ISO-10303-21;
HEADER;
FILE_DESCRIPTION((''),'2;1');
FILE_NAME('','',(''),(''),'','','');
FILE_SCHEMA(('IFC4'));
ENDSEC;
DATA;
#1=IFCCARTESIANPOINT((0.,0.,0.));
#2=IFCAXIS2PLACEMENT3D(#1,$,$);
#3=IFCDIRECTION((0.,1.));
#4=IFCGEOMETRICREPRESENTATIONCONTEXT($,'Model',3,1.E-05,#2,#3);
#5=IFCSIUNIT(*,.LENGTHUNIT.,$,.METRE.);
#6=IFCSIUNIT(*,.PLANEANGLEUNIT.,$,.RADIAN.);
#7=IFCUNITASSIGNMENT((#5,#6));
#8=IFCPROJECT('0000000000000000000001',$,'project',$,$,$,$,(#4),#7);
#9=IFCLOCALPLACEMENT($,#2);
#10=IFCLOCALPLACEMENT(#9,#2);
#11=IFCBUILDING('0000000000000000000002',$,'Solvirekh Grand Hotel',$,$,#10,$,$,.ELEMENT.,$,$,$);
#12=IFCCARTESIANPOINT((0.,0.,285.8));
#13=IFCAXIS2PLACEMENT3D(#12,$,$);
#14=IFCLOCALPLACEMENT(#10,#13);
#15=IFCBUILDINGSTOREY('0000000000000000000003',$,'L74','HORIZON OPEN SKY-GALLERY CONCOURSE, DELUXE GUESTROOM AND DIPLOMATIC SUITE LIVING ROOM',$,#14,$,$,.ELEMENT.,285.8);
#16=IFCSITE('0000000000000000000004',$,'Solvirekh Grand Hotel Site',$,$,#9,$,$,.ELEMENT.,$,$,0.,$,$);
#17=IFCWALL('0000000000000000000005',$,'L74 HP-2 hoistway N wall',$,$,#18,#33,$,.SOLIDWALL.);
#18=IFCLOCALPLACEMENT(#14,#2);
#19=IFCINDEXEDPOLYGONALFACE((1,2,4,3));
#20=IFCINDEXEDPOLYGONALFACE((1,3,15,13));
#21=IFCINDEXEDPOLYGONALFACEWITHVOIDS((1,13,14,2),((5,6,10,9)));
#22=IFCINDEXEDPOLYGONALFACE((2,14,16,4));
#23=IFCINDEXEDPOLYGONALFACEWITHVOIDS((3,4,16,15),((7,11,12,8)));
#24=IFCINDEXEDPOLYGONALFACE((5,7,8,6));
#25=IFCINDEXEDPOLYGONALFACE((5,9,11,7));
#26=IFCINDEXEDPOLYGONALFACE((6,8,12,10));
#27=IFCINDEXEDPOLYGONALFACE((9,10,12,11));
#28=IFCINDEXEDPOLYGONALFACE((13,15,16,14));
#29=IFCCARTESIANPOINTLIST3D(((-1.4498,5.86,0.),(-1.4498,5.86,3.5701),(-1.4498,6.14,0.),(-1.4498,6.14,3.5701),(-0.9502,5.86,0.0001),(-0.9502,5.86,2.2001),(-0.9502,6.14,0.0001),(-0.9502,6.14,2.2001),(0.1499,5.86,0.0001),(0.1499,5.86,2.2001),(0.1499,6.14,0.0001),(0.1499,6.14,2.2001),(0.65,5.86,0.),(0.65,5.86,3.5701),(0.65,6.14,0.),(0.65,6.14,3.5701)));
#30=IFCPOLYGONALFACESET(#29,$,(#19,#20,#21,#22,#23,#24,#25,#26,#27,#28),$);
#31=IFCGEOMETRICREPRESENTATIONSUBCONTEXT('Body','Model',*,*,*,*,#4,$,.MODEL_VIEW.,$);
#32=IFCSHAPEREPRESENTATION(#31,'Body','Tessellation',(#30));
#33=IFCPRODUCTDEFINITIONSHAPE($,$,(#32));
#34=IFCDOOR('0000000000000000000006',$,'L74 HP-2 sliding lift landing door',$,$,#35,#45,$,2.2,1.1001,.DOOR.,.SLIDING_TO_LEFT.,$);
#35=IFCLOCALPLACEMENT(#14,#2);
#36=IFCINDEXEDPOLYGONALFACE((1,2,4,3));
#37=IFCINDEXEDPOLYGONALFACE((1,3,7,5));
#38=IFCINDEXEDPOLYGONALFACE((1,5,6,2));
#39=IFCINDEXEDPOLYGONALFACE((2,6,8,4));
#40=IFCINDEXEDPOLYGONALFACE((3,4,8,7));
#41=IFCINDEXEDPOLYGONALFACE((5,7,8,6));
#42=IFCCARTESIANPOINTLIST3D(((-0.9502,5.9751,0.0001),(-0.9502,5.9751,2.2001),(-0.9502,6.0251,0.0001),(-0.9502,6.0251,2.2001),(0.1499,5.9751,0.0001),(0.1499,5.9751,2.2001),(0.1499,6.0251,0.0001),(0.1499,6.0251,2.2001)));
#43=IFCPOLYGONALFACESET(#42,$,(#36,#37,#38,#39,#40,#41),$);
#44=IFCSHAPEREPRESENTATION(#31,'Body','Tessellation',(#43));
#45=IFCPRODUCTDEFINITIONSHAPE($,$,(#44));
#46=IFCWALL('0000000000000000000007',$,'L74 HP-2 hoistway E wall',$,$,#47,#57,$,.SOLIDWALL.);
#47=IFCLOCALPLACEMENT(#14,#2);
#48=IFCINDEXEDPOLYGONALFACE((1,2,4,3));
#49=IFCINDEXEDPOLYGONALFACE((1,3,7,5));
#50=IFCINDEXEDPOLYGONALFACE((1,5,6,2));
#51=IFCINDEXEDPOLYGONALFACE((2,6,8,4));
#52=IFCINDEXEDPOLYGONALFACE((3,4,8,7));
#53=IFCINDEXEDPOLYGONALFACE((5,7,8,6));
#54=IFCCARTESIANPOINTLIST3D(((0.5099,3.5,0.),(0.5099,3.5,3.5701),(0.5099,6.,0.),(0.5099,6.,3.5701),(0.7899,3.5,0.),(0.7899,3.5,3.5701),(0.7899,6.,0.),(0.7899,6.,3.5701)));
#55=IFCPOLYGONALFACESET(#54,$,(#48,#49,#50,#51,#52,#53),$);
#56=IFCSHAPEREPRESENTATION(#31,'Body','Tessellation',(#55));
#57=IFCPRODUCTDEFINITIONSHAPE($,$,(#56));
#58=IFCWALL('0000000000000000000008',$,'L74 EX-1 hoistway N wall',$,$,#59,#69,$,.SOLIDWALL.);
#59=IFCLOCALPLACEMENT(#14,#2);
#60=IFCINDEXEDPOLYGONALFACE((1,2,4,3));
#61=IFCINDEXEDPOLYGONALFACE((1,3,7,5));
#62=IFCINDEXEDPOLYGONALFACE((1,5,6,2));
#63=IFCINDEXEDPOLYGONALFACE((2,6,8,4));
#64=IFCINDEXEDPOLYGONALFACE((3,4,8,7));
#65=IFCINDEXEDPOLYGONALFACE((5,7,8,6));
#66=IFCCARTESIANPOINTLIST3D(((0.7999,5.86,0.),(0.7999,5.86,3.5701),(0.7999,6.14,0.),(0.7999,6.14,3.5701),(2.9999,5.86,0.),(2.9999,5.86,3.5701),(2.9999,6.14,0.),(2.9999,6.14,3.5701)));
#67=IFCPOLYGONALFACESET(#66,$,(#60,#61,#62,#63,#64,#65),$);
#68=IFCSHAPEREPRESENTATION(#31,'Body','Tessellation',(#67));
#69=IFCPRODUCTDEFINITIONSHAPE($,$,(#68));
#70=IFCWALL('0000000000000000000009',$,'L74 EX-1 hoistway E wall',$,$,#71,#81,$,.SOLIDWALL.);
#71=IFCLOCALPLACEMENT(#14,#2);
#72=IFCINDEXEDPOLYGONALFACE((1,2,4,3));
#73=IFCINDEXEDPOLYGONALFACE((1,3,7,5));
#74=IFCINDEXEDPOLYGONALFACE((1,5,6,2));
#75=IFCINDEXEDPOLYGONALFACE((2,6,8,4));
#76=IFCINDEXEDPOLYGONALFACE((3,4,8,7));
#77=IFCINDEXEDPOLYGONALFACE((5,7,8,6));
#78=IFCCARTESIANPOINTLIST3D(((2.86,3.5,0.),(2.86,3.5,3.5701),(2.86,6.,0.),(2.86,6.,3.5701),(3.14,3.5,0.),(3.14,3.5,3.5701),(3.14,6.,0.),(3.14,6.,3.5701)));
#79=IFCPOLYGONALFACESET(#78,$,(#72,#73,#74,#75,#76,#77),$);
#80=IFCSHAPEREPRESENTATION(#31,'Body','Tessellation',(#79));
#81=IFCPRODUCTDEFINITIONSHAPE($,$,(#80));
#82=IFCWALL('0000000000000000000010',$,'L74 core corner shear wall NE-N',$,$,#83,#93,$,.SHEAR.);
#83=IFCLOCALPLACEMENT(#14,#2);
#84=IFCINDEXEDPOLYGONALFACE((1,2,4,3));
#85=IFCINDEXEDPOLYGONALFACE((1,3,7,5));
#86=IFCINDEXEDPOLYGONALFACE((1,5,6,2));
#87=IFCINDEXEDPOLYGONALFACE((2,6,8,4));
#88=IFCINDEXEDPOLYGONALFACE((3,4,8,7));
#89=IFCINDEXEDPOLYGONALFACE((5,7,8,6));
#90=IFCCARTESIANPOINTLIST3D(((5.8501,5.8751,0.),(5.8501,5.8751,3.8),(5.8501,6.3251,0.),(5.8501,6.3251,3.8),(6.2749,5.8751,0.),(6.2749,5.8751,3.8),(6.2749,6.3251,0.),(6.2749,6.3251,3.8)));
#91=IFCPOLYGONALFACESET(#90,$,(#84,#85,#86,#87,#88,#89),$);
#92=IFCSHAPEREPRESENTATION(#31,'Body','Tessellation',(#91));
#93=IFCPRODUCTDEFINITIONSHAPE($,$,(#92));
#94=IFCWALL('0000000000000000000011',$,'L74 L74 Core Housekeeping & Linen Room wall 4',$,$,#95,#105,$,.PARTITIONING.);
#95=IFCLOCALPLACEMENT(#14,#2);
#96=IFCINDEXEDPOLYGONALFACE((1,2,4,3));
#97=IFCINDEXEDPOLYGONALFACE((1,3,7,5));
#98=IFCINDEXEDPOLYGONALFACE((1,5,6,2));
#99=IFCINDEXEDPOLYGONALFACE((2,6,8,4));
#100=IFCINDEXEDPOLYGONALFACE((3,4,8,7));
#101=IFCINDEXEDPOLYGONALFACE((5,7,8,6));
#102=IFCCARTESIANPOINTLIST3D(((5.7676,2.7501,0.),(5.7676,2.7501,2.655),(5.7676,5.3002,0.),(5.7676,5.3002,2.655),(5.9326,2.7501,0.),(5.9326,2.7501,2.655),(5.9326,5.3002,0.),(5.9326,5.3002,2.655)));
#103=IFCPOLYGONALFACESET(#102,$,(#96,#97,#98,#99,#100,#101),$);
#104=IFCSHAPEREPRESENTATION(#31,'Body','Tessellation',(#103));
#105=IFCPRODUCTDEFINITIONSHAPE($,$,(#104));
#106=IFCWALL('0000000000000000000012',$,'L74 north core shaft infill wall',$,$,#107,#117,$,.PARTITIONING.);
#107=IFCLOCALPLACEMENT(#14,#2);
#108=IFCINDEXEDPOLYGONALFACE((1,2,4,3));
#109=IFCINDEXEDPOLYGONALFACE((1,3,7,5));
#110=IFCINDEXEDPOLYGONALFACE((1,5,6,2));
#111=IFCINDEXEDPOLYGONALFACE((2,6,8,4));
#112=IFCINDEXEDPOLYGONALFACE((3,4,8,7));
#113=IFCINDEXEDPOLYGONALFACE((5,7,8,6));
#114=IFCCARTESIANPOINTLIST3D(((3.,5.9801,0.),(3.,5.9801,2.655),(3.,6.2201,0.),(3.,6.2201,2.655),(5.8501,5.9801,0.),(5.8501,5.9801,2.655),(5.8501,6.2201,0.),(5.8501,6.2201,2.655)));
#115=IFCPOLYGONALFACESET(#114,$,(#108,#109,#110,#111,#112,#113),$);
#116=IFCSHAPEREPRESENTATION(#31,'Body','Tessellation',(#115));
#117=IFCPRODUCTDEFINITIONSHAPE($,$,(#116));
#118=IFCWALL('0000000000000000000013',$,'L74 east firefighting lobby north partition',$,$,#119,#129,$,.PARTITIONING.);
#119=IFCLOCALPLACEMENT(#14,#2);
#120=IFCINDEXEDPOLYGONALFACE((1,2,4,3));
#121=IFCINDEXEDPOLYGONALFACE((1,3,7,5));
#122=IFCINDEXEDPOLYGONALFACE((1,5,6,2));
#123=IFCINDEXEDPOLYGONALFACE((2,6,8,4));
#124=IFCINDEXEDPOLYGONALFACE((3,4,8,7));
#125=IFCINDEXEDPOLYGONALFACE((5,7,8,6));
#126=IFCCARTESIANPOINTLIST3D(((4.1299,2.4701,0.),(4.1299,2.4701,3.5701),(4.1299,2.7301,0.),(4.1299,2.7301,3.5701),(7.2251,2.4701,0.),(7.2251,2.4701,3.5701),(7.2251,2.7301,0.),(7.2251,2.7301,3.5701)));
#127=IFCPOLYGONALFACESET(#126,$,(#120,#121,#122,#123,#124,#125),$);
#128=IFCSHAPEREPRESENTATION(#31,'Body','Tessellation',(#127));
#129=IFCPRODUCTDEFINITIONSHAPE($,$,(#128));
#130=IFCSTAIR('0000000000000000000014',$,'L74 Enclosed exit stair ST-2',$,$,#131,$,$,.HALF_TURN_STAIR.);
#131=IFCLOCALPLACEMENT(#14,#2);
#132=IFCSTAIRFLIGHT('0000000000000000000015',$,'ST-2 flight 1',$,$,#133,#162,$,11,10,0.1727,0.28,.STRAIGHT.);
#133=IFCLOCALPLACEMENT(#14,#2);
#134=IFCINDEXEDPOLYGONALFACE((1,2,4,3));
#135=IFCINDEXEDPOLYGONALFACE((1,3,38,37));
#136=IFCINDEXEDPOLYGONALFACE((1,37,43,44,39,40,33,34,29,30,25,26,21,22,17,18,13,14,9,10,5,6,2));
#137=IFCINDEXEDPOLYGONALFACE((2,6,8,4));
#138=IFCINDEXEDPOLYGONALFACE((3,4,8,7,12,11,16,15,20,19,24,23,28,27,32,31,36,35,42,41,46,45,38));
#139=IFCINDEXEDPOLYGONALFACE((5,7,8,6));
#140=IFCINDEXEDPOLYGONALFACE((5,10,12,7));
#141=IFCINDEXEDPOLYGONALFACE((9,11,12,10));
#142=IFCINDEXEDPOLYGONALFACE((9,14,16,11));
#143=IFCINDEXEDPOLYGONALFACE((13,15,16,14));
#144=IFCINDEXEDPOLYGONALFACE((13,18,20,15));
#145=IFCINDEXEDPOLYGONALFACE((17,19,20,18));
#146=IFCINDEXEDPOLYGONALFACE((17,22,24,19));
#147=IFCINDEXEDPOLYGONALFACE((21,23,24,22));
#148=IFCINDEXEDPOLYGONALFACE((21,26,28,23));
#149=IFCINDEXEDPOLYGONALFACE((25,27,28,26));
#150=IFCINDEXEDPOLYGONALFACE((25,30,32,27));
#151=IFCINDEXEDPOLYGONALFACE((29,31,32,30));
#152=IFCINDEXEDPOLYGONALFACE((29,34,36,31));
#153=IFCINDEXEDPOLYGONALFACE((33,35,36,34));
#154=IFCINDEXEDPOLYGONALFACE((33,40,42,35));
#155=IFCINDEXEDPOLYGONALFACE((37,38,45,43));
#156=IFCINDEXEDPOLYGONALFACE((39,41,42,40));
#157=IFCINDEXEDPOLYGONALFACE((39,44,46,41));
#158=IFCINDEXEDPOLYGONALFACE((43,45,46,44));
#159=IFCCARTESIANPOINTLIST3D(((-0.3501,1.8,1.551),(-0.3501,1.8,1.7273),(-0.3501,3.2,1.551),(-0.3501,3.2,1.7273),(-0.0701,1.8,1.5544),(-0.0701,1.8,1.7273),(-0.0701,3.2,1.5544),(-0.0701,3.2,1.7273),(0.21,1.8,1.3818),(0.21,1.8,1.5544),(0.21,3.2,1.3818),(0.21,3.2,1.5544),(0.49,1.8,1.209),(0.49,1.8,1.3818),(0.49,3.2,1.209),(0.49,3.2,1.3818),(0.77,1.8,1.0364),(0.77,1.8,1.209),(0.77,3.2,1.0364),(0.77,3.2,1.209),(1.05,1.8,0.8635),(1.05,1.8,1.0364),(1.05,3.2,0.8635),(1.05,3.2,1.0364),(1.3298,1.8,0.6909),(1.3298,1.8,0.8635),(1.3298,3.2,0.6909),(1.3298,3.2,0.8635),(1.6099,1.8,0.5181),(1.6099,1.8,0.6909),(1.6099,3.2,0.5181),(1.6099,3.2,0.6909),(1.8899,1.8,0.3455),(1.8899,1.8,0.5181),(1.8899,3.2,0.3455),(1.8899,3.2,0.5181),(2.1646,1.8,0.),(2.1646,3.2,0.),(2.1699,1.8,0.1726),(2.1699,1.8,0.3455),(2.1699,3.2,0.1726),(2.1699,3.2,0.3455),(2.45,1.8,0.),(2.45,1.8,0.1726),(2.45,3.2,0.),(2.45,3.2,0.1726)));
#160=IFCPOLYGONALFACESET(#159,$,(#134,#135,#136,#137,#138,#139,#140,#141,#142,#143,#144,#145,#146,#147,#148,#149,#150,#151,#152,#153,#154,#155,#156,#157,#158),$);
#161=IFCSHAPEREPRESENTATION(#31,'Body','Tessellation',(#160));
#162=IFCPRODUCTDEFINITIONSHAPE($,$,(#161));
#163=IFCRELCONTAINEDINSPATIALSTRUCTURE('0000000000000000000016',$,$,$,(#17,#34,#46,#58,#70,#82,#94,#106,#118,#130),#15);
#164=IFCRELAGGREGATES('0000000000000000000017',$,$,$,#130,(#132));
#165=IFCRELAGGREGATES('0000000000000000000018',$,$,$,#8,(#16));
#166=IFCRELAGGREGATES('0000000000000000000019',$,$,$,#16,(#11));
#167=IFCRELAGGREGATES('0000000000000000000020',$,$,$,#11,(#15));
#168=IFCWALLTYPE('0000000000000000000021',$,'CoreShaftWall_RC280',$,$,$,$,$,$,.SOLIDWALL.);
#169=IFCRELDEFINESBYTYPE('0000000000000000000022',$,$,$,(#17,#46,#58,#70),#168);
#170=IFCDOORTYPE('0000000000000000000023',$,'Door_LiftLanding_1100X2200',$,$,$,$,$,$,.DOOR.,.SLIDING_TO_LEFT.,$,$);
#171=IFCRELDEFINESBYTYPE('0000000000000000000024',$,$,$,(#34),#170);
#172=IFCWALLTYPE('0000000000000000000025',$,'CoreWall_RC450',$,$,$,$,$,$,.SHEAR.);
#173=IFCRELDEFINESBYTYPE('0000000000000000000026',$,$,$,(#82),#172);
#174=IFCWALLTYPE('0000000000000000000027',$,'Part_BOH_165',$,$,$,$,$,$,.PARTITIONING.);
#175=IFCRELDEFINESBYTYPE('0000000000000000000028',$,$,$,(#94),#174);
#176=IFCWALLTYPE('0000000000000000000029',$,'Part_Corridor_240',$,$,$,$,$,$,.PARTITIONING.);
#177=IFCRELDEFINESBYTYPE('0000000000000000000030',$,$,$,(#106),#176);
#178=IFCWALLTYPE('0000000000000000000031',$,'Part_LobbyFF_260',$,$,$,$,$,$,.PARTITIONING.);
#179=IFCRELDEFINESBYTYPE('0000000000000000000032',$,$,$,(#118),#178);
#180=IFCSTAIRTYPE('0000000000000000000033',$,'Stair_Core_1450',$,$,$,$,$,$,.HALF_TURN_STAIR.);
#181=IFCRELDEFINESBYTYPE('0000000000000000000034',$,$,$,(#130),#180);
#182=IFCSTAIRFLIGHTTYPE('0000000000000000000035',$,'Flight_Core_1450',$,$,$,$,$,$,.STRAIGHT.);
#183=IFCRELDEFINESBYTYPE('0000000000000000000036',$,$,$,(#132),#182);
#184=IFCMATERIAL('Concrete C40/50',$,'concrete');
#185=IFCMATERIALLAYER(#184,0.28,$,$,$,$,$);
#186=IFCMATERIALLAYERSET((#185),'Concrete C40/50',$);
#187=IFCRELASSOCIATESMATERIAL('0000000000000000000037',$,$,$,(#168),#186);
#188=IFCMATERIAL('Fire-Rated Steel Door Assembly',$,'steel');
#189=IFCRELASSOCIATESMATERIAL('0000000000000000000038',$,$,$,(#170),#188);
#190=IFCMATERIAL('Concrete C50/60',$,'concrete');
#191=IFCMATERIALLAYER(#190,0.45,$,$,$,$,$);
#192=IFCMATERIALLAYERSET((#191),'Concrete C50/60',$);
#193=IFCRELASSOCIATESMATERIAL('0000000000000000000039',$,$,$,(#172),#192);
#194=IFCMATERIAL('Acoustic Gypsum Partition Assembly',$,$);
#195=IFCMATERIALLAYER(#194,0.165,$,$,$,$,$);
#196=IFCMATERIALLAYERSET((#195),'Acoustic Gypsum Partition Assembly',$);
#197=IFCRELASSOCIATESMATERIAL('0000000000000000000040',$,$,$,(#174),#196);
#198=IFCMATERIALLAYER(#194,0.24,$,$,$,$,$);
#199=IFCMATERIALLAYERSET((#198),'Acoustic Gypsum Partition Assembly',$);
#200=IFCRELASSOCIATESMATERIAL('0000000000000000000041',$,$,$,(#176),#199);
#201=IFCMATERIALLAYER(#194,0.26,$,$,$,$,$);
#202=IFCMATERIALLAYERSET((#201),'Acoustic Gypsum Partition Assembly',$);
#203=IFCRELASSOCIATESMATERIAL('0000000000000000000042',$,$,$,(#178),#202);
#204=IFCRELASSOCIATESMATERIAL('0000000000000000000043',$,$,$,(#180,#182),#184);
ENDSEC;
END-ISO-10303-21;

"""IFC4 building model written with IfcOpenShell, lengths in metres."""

from ifc_helpers import new_model, si_unit, direction, frame, frame_2d, origin, place, context, subcontext, project, spatial, polyline, rectangle, outline, extrude, material, layer, layer_set, type_object, element, fill, aggregate, save


model = new_model("IFC4")

# Units and contexts
model_context = context("Model", 3, precision=1e-05, world=origin(), true_north=direction((0.0, 1.0)))
body_context = subcontext(model_context, "Body", "Model", "MODEL_VIEW")
ifc_project = project(units=[si_unit("LENGTHUNIT", "METRE"), si_unit("PLANEANGLEUNIT", "RADIAN")], contexts=[model_context])

# Site, building, storey
site_placement = place(None, origin())
site = spatial("IfcSite", under=ifc_project, at=site_placement, Name="Solvirekh Grand Hotel Site", CompositionType="ELEMENT", RefElevation=0.0)
building_placement = place(site_placement, origin())
building = spatial("IfcBuilding", under=site, at=building_placement, Name="Solvirekh Grand Hotel", CompositionType="ELEMENT")
storey_placement = place(building_placement, frame((0.0, 0.0, 285.8)))
storey = spatial("IfcBuildingStorey", under=building, at=storey_placement, Name="L74", Description="HORIZON OPEN SKY-GALLERY CONCOURSE, DELUXE GUESTROOM AND DIPLOMATIC SUITE LIVING ROOM", CompositionType="ELEMENT", Elevation=285.8)

# Wall, opening, door
ifc_material_1 = material(Name="Concrete C40/50", Category="concrete")
ifc_layer_1 = layer(ifc_material_1, 0.28)
ifc_layer_set_1 = layer_set([ifc_layer_1], Name="Concrete C40/50")
wall_type_1 = type_object("IfcWallType", Name="CoreShaftWall_RC280", PredefinedType="SOLIDWALL", material=ifc_layer_set_1)
wall_1_placement = place(storey_placement, frame((0.6499, 6.0, 0.0), z_axis=(0.0, 0.0, 1.0), x_axis=(-1.0, 0.0, 0.0)))
wall_1 = element("IfcWall", 1, at=wall_1_placement, inside=storey, type_object=wall_type_1, Name="L74 HP-2 hoistway N wall", PredefinedType="SOLIDWALL", context=body_context, shape_type="SweptSolid", body=[
    extrude(rectangle(XDim=2.0999, YDim=0.28, at=frame_2d((1.0498, 0.0))), origin(), (0.0, 0.0, 1.0), 3.5701),
])
opening_placement = place(wall_1_placement, frame((0.5, 0.0, 0.0)))
opening = element("IfcOpeningElement", 2, at=opening_placement, cuts=wall_1, PredefinedType="OPENING", context=body_context, shape_type="SweptSolid", body=[
    extrude(rectangle(XDim=1.1001, YDim=2.2, at=frame_2d((0.55, 1.1001))), frame((0.0, 0.1499, 0.0), z_axis=(0.0, -1.0, 0.0), x_axis=(1.0, 0.0, 0.0)), (0.0, 0.0, 1.0), 0.3),
])
ifc_material_2 = material(Name="Fire-Rated Steel Door Assembly", Category="steel")
door_type = type_object("IfcDoorType", Name="Door_LiftLanding_1100X2200", OperationType="SLIDING_TO_LEFT", PredefinedType="DOOR", material=ifc_material_2)
door_placement = place(opening_placement, origin())
door = element("IfcDoor", 3, at=door_placement, inside=storey, type_object=door_type, Name="L74 HP-2 sliding lift landing door", OperationType="SLIDING_TO_LEFT", OverallHeight=2.2, OverallWidth=1.1001, PredefinedType="DOOR", context=body_context, shape_type="SweptSolid", body=[
    extrude(rectangle(XDim=1.1001, YDim=2.2, at=frame_2d((0.55, 1.1001))), frame((0.0, 0.0249, 0.0), z_axis=(0.0, -1.0, 0.0), x_axis=(1.0, 0.0, 0.0)), (0.0, 0.0, 1.0), 0.05),
])
fill(opening, door)

# Walls
wall_2_placement = place(storey_placement, frame((0.6499, 3.5, 0.0), z_axis=(0.0, 0.0, 1.0), x_axis=(0.0, 1.0, 0.0)))
element("IfcWall", 4, at=wall_2_placement, inside=storey, type_object=wall_type_1, Name="L74 HP-2 hoistway E wall", PredefinedType="SOLIDWALL", context=body_context, shape_type="SweptSolid", body=[
    extrude(rectangle(XDim=2.5, YDim=0.28, at=frame_2d((1.25, 0.0))), origin(), (0.0, 0.0, 1.0), 3.5701),
])
wall_3_placement = place(storey_placement, frame((3.0, 6.0, 0.0), z_axis=(0.0, 0.0, 1.0), x_axis=(-1.0, 0.0, 0.0)))
element("IfcWall", 5, at=wall_3_placement, inside=storey, type_object=wall_type_1, Name="L74 EX-1 hoistway N wall", PredefinedType="SOLIDWALL", context=body_context, shape_type="SweptSolid", body=[
    extrude(rectangle(XDim=2.2, YDim=0.28, at=frame_2d((1.1001, 0.0))), origin(), (0.0, 0.0, 1.0), 3.5701),
])
wall_4_placement = place(storey_placement, frame((3.0, 3.5, 0.0), z_axis=(0.0, 0.0, 1.0), x_axis=(0.0, 1.0, 0.0)))
element("IfcWall", 6, at=wall_4_placement, inside=storey, type_object=wall_type_1, Name="L74 EX-1 hoistway E wall", PredefinedType="SOLIDWALL", context=body_context, shape_type="SweptSolid", body=[
    extrude(rectangle(XDim=2.5, YDim=0.28, at=frame_2d((1.25, 0.0))), origin(), (0.0, 0.0, 1.0), 3.5701),
])
ifc_material_3 = material(Name="Concrete C50/60", Category="concrete")
ifc_layer_2 = layer(ifc_material_3, 0.45)
ifc_layer_set_2 = layer_set([ifc_layer_2], Name="Concrete C50/60")
wall_type_2 = type_object("IfcWallType", Name="CoreWall_RC450", PredefinedType="SHEAR", material=ifc_layer_set_2)
wall_5_placement = place(storey_placement, frame((5.8501, 6.1001, 0.0), z_axis=(0.0, 0.0, 1.0), x_axis=(1.0, 0.0, 0.0)))
element("IfcWall", 7, at=wall_5_placement, inside=storey, type_object=wall_type_2, Name="L74 core corner shear wall NE-N", PredefinedType="SHEAR", context=body_context, shape_type="SweptSolid", body=[
    extrude(rectangle(XDim=0.4248, YDim=0.45, at=frame_2d((0.2124, 0.0))), origin(), (0.0, 0.0, 1.0), 3.8),
])
ifc_material_4 = material(Name="Acoustic Gypsum Partition Assembly")
ifc_layer_3 = layer(ifc_material_4, 0.165)
ifc_layer_set_3 = layer_set([ifc_layer_3], Name="Acoustic Gypsum Partition Assembly")
wall_type_3 = type_object("IfcWallType", Name="Part_BOH_165", PredefinedType="PARTITIONING", material=ifc_layer_set_3)
wall_6_placement = place(storey_placement, frame((5.8501, 5.3, 0.0), z_axis=(0.0, 0.0, 1.0), x_axis=(0.0, -1.0, 0.0)))
element("IfcWall", 8, at=wall_6_placement, inside=storey, type_object=wall_type_3, Name="L74 L74 Core Housekeeping & Linen Room wall 4", PredefinedType="PARTITIONING", context=body_context, shape_type="SweptSolid", body=[
    extrude(rectangle(XDim=2.55, YDim=0.165, at=frame_2d((1.2749, 0.0))), origin(), (0.0, 0.0, 1.0), 2.655),
])
ifc_layer_4 = layer(ifc_material_4, 0.24)
ifc_layer_set_4 = layer_set([ifc_layer_4], Name="Acoustic Gypsum Partition Assembly")
wall_type_4 = type_object("IfcWallType", Name="Part_Corridor_240", PredefinedType="PARTITIONING", material=ifc_layer_set_4)
wall_7_placement = place(storey_placement, frame((3.0, 6.1001, 0.0), z_axis=(0.0, 0.0, 1.0), x_axis=(1.0, 0.0, 0.0)))
element("IfcWall", 9, at=wall_7_placement, inside=storey, type_object=wall_type_4, Name="L74 north core shaft infill wall", PredefinedType="PARTITIONING", context=body_context, shape_type="SweptSolid", body=[
    extrude(rectangle(XDim=2.8501, YDim=0.24, at=frame_2d((1.425, 0.0))), origin(), (0.0, 0.0, 1.0), 2.655),
])
ifc_layer_5 = layer(ifc_material_4, 0.26)
ifc_layer_set_5 = layer_set([ifc_layer_5], Name="Acoustic Gypsum Partition Assembly")
wall_type_5 = type_object("IfcWallType", Name="Part_LobbyFF_260", PredefinedType="PARTITIONING", material=ifc_layer_set_5)
wall_8_placement = place(storey_placement, frame((4.1299, 2.6001, 0.0), z_axis=(0.0, 0.0, 1.0), x_axis=(1.0, 0.0, 0.0)))
element("IfcWall", 10, at=wall_8_placement, inside=storey, type_object=wall_type_5, Name="L74 east firefighting lobby north partition", PredefinedType="PARTITIONING", context=body_context, shape_type="SweptSolid", body=[
    extrude(rectangle(XDim=3.0952, YDim=0.26, at=frame_2d((1.5476, 0.0))), origin(), (0.0, 0.0, 1.0), 3.5701),
])

# Stair, stair flight
stair_type = type_object("IfcStairType", Name="Stair_Core_1450", PredefinedType="HALF_TURN_STAIR", material=ifc_material_1)
stair_placement = place(storey_placement, origin())
stair = element("IfcStair", 11, at=stair_placement, inside=storey, type_object=stair_type, Name="L74 Enclosed exit stair ST-2", PredefinedType="HALF_TURN_STAIR")
stair_flight_type = type_object("IfcStairFlightType", Name="Flight_Core_1450", PredefinedType="STRAIGHT", material=ifc_material_1)
stair_flight_1_placement = place(storey_placement, frame((2.45, 2.5, 0.0), z_axis=(0.0, 0.0, 1.0), x_axis=(-1.0, 0.0, 0.0)))
stair_flight_1 = element("IfcStairFlight", 12, at=stair_flight_1_placement, type_object=stair_flight_type, Name="ST-2 flight 1", NumberOfRisers=11, NumberOfTreads=10, PredefinedType="STRAIGHT", RiserHeight=0.1727, TreadLength=0.28, context=body_context, shape_type="SweptSolid", body=[
    extrude(outline(polyline([(0.0, 0.0), (0.0, 0.1726), (0.28, 0.1726), (0.28, 0.3455), (0.5601, 0.3455), (0.5601, 0.5181), (0.8401, 0.5181), (0.8401, 0.6909), (1.1201, 0.6909), (1.1201, 0.8635), (1.3999, 0.8635), (1.3999, 1.0364), (1.6799, 1.0364), (1.6799, 1.209), (1.96, 1.209), (1.96, 1.3818), (2.24, 1.3818), (2.24, 1.5544), (2.52, 1.5544), (2.52, 1.7273), (2.8, 1.7273), (2.8, 1.8999), (2.8, 1.551), (0.2854, 0.0), (0.0, 0.0)])), frame((0.0, 0.7, 0.0), z_axis=(0.0, -1.0, 0.0), x_axis=(1.0, 0.0, 0.0)), (0.0, 0.0, 1.0), 1.3999),
])
aggregate(stair, [stair_flight_1])

save(model, "model.ifc")
